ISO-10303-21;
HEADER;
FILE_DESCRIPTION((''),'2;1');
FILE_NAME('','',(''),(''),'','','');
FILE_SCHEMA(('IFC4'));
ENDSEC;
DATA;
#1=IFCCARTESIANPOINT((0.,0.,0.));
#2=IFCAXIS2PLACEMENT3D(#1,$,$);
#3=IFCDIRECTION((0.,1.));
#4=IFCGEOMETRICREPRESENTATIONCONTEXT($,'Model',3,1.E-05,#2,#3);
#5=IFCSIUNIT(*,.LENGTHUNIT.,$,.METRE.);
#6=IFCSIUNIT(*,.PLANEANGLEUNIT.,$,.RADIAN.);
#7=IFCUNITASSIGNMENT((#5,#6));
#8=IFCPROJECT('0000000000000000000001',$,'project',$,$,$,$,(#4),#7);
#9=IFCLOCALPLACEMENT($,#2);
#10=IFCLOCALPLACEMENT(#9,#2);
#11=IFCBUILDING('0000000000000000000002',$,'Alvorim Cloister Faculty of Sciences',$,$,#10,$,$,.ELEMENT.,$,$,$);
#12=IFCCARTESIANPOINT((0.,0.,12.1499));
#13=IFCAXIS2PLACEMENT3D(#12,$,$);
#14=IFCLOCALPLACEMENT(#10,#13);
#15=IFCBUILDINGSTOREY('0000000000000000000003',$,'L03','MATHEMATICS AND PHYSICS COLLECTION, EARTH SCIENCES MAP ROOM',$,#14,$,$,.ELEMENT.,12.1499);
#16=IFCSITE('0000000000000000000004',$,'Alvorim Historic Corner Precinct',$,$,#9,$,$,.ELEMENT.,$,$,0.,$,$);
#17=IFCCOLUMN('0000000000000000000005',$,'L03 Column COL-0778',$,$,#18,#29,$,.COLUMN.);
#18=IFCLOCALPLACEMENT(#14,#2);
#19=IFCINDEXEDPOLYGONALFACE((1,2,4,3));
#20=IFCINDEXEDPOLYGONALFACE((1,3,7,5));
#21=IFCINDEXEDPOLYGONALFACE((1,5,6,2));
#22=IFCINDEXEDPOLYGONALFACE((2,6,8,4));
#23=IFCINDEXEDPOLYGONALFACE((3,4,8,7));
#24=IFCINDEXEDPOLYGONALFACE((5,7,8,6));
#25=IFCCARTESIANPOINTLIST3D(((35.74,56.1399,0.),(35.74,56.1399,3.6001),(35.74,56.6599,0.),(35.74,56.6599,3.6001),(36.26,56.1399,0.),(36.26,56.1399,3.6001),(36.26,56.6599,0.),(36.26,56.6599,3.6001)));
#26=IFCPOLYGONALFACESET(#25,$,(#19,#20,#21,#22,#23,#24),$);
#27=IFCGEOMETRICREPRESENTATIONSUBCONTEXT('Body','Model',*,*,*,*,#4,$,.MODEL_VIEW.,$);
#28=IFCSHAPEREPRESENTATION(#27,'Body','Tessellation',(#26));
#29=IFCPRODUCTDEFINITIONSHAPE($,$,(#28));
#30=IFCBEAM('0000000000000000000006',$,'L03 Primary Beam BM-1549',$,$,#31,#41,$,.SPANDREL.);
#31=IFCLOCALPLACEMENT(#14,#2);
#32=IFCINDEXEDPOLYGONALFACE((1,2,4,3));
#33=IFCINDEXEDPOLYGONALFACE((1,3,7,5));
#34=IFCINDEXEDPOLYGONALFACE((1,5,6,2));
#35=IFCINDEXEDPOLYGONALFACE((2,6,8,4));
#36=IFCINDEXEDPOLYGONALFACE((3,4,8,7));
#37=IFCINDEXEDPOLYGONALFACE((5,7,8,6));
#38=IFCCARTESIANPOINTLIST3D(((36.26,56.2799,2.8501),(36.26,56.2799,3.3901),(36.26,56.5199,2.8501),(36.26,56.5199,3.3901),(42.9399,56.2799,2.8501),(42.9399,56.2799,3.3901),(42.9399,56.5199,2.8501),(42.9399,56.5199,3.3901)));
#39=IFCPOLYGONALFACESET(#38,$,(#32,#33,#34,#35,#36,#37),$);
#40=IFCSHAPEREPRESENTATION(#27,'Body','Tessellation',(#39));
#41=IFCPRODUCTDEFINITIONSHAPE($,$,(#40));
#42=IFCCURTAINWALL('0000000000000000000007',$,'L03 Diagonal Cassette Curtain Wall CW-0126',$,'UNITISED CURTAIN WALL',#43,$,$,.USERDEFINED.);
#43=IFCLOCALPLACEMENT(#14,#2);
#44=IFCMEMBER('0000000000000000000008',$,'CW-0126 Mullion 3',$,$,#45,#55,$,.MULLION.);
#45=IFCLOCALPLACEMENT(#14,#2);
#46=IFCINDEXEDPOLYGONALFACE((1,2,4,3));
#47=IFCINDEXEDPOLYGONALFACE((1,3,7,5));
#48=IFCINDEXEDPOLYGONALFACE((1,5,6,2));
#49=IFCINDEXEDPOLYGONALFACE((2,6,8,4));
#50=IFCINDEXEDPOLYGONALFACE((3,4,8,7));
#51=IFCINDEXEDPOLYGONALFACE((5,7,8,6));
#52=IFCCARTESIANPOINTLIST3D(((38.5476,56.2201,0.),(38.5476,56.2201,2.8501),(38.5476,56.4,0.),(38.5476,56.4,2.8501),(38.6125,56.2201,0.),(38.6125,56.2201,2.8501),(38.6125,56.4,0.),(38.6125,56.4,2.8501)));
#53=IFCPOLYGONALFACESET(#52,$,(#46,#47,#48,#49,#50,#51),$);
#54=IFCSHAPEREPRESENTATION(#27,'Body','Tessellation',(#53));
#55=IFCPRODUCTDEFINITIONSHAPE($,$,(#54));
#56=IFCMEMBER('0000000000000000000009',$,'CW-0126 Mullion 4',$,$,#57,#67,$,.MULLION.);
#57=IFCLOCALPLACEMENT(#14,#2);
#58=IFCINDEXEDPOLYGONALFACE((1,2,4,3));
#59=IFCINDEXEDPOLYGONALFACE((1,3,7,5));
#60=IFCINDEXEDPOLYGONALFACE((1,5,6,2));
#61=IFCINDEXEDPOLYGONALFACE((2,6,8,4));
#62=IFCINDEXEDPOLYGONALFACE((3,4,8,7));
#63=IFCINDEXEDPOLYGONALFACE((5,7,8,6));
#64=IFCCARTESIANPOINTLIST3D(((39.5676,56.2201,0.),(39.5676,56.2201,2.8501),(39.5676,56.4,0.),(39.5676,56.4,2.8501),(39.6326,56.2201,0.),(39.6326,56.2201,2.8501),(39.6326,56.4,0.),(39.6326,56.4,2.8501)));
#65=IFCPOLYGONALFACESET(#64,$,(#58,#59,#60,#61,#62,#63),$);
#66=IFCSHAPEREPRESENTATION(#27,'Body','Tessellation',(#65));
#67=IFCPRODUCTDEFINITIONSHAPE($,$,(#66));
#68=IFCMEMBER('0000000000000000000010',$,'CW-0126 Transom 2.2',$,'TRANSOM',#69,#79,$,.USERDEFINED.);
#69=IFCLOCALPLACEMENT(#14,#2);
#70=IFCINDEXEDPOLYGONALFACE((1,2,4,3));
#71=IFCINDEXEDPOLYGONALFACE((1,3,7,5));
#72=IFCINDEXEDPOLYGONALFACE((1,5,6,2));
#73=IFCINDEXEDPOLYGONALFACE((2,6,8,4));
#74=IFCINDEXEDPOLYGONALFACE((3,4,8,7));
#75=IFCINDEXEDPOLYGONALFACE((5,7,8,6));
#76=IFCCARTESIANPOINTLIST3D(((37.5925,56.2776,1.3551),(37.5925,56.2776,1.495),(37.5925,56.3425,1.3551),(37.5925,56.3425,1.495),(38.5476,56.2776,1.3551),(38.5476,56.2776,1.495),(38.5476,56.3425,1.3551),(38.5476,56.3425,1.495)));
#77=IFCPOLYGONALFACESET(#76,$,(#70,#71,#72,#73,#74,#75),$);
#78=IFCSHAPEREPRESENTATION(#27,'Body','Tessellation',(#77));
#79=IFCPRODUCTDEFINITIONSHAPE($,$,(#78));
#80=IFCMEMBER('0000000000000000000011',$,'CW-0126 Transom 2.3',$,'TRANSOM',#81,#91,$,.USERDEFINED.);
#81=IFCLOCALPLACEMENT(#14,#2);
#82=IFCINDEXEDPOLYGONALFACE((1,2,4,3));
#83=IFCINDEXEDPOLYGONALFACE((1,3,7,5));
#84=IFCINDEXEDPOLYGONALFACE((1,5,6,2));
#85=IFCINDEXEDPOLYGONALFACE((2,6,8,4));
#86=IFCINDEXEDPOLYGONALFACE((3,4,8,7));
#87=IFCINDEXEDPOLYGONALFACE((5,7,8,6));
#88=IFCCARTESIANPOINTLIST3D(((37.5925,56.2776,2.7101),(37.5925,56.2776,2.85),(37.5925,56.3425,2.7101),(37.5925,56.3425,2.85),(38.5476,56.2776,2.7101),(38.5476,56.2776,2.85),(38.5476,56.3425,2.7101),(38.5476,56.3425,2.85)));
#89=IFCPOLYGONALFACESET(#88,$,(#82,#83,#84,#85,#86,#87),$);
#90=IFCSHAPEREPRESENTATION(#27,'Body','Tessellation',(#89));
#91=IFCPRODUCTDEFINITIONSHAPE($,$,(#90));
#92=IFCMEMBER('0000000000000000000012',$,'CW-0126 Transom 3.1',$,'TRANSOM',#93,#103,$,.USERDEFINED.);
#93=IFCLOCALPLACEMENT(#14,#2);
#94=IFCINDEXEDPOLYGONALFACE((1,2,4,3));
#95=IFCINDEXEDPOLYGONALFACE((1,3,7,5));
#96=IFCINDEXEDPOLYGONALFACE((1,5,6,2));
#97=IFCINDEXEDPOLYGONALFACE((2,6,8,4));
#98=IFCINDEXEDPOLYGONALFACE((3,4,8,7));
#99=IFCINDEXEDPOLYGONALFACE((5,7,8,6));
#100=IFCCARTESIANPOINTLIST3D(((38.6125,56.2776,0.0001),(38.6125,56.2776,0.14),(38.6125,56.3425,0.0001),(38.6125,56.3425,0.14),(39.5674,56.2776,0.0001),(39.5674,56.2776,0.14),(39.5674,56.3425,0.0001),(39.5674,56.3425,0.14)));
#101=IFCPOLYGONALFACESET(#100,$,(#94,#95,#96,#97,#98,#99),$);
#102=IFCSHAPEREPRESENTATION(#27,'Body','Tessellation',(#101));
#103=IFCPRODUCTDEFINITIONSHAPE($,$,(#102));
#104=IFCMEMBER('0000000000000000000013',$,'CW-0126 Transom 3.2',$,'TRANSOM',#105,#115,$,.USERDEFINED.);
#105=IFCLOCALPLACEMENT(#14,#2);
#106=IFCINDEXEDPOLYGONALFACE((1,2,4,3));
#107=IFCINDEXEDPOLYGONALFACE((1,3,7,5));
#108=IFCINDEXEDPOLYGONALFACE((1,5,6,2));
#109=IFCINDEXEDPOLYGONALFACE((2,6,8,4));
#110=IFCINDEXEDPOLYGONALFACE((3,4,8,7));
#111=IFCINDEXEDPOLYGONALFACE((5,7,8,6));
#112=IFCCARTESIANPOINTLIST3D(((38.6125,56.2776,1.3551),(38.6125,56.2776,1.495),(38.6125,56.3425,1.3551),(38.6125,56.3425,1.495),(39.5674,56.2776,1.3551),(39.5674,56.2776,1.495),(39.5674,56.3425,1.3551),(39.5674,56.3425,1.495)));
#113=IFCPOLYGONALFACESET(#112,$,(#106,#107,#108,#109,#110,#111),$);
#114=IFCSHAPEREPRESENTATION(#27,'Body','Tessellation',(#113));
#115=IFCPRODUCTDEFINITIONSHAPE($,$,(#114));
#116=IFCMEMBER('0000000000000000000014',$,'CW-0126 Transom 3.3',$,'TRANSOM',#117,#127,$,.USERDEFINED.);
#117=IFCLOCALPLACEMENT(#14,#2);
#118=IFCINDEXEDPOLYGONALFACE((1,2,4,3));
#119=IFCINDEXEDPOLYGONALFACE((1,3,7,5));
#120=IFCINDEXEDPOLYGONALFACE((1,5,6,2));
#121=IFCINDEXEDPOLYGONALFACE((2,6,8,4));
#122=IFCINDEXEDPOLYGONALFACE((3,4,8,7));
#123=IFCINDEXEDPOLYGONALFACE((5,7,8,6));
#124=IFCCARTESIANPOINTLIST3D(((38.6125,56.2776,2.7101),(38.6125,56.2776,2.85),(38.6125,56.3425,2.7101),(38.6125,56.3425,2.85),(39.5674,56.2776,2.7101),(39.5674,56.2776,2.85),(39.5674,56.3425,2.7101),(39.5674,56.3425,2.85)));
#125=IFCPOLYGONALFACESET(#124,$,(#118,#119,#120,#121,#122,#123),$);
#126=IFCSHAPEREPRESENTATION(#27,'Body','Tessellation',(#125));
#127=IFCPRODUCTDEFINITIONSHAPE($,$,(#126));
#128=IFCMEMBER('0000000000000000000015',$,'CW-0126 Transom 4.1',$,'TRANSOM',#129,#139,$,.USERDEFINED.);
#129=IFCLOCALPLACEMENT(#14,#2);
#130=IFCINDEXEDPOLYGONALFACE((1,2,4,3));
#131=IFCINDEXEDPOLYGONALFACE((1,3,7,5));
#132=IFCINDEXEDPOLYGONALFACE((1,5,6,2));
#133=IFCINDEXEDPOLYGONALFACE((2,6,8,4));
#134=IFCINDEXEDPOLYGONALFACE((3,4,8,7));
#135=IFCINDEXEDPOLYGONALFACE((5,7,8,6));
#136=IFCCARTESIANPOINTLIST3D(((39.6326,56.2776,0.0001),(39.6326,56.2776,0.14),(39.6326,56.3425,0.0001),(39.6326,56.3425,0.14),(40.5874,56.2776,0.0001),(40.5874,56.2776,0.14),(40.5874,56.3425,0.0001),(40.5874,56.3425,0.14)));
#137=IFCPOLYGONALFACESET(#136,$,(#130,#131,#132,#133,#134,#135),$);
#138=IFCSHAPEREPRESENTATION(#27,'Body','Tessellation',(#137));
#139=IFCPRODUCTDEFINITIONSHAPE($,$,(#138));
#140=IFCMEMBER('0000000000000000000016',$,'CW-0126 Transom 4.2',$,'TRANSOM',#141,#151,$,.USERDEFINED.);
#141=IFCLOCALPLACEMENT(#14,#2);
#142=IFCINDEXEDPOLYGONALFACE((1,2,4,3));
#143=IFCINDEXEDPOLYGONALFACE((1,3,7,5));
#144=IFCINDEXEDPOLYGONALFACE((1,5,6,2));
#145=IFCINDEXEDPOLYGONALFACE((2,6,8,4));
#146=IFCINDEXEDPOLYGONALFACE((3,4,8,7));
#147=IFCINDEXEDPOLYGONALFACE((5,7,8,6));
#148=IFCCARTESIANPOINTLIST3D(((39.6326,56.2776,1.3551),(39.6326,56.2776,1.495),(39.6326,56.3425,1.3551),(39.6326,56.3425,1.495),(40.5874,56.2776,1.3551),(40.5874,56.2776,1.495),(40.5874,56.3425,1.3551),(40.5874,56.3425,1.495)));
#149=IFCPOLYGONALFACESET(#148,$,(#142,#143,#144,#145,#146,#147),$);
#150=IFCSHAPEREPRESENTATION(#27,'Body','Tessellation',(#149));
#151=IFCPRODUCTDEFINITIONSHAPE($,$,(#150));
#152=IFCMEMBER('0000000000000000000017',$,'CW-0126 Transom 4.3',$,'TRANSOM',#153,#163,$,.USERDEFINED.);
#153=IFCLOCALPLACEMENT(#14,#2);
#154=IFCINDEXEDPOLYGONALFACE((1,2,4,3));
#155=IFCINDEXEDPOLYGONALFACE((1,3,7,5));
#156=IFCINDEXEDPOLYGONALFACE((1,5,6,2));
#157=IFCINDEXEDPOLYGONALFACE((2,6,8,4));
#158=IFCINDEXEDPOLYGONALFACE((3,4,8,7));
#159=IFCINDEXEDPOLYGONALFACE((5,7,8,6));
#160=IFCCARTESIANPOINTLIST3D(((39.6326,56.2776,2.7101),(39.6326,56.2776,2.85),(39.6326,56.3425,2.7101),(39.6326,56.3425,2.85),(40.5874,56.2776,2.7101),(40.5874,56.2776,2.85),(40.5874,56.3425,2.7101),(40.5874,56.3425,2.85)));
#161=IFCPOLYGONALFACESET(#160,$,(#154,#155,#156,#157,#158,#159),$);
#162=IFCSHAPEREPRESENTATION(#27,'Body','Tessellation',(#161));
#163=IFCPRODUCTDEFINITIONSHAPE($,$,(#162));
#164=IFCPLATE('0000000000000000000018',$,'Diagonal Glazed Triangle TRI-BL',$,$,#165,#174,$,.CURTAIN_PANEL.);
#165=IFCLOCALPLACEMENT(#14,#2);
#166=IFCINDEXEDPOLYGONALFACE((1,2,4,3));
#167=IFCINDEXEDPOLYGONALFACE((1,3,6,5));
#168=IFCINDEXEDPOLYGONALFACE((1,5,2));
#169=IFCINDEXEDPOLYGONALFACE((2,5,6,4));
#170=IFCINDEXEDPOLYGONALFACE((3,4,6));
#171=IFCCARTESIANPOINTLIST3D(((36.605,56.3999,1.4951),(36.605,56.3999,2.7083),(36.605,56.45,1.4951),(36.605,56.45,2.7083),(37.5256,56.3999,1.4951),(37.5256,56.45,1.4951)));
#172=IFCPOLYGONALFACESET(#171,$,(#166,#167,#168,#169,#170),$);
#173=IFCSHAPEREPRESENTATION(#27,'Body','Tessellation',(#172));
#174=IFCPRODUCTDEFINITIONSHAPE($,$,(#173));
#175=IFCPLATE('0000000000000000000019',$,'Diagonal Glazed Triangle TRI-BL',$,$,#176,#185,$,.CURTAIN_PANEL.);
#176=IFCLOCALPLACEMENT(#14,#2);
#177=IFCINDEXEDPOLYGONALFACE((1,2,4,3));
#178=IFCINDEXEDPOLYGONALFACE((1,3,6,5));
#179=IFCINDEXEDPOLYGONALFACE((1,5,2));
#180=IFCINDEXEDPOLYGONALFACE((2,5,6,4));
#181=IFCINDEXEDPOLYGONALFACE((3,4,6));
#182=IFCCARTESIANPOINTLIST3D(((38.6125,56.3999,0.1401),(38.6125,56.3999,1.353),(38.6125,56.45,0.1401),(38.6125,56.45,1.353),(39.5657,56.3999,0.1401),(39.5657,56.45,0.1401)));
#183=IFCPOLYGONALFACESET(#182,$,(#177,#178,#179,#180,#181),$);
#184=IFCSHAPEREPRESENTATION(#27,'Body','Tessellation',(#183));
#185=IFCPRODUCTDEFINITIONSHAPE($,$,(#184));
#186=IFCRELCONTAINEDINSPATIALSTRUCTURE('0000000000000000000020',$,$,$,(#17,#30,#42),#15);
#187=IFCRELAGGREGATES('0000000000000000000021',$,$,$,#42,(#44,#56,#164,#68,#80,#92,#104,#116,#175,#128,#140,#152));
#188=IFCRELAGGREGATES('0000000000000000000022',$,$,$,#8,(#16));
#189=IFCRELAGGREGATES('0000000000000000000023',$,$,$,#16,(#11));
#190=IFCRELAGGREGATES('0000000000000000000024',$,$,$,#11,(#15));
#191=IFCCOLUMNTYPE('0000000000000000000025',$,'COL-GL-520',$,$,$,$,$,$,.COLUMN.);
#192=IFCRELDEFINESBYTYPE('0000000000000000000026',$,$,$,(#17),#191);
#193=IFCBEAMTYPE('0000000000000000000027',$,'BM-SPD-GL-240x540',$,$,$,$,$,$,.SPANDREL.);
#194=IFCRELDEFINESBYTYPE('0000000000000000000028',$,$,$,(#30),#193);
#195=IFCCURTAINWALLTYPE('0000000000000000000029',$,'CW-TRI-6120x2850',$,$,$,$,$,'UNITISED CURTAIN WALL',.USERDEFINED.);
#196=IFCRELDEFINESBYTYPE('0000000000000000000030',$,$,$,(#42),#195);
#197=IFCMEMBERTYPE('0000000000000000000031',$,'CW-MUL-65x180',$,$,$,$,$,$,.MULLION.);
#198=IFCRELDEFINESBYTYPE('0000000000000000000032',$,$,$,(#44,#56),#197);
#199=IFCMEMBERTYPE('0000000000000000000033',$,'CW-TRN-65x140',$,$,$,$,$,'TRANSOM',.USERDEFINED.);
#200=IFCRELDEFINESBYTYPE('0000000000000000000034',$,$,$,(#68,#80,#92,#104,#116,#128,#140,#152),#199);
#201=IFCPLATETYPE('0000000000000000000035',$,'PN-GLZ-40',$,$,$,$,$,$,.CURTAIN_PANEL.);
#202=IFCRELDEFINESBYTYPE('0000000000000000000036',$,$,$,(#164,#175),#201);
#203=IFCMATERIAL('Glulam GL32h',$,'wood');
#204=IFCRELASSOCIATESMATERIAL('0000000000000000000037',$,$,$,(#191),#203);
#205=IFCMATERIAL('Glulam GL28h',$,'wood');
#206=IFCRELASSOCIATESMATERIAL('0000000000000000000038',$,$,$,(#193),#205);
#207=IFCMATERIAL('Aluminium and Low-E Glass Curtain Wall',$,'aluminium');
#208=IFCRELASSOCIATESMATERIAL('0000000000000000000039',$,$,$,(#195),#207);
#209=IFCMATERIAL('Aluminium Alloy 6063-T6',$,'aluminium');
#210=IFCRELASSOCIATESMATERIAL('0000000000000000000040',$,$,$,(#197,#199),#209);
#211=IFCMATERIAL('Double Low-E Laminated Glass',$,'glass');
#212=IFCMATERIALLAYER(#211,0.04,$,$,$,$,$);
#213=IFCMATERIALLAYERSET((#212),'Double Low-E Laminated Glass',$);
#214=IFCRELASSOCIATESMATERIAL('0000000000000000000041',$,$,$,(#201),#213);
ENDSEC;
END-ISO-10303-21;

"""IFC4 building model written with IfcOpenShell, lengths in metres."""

from ifc_helpers import new_model, si_unit, direction, frame, origin, origin_2d, place, context, subcontext, project, spatial, polyline, rectangle, outline, extrude, material, layer, layer_set, material_profile, profile_set, type_object, element, aggregate, save


model = new_model("IFC4")

# Units and contexts
model_context = context("Model", 3, precision=1e-05, world=origin(), true_north=direction((0.0, 1.0)))
body_context = subcontext(model_context, "Body", "Model", "MODEL_VIEW")
ifc_project = project(units=[si_unit("LENGTHUNIT", "METRE"), si_unit("PLANEANGLEUNIT", "RADIAN")], contexts=[model_context])

# Site, building, storey
site_placement = place(None, origin())
site = spatial("IfcSite", under=ifc_project, at=site_placement, Name="Alvorim Historic Corner Precinct", CompositionType="ELEMENT", RefElevation=0.0)
building_placement = place(site_placement, origin())
building = spatial("IfcBuilding", under=site, at=building_placement, Name="Alvorim Cloister Faculty of Sciences", CompositionType="ELEMENT")
storey_placement = place(building_placement, frame((0.0, 0.0, 12.1499)))
storey = spatial("IfcBuildingStorey", under=building, at=storey_placement, Name="L03", Description="MATHEMATICS AND PHYSICS COLLECTION, EARTH SCIENCES MAP ROOM", CompositionType="ELEMENT", Elevation=12.1499)

# Column
ifc_material_1 = material(Name="Glulam GL32h", Category="wood")
ifc_material_profile_1 = material_profile(ifc_material_1, rectangle(XDim=0.52, YDim=0.52, at=origin_2d()), Name="GL32-COL-520x520")
ifc_profile_set_1 = profile_set([ifc_material_profile_1], Name="Glulam GL32h")
column_type = type_object("IfcColumnType", Name="COL-GL-520", PredefinedType="COLUMN", material=ifc_profile_set_1)
column_placement = place(storey_placement, frame((36.0, 56.3999, 0.0), z_axis=(0.0, 0.0, 1.0), x_axis=(1.0, 0.0, 0.0)))
element("IfcColumn", 1, at=column_placement, inside=storey, type_object=column_type, Name="L03 Column COL-0778", PredefinedType="COLUMN", context=body_context, shape_type="SweptSolid", body=[
    extrude(rectangle(XDim=0.52, YDim=0.52, at=origin_2d()), origin(), (0.0, 0.0, 1.0), 3.6001),
])

# Beam
ifc_material_2 = material(Name="Glulam GL28h", Category="wood")
ifc_material_profile_2 = material_profile(ifc_material_2, rectangle(XDim=0.24, YDim=0.54, at=origin_2d()), Name="GL28-SPD-240x540")
ifc_profile_set_2 = profile_set([ifc_material_profile_2], Name="Glulam GL28h")
beam_type = type_object("IfcBeamType", Name="BM-SPD-GL-240x540", PredefinedType="SPANDREL", material=ifc_profile_set_2)
beam_placement = place(storey_placement, frame((36.26, 56.3999, 3.1201), z_axis=(1.0, 0.0, 0.0), x_axis=(0.0, 1.0, 0.0)))
element("IfcBeam", 2, at=beam_placement, inside=storey, type_object=beam_type, Name="L03 Primary Beam BM-1549", PredefinedType="SPANDREL", context=body_context, shape_type="SweptSolid", body=[
    extrude(rectangle(XDim=0.24, YDim=0.54, at=origin_2d()), origin(), (0.0, 0.0, 1.0), 6.6799),
])

# Curtain wall, members, plates
ifc_material_3 = material(Name="Aluminium and Low-E Glass Curtain Wall", Category="aluminium")
curtain_wall_type = type_object("IfcCurtainWallType", Name="CW-TRI-6120x2850", ElementType="UNITISED CURTAIN WALL", PredefinedType="USERDEFINED", material=ifc_material_3)
curtain_wall_placement = place(storey_placement, origin())
curtain_wall = element("IfcCurtainWall", 3, at=curtain_wall_placement, inside=storey, type_object=curtain_wall_type, Name="L03 Diagonal Cassette Curtain Wall CW-0126", ObjectType="UNITISED CURTAIN WALL", PredefinedType="USERDEFINED")
ifc_material_4 = material(Name="Aluminium Alloy 6063-T6", Category="aluminium")
ifc_material_profile_3 = material_profile(ifc_material_4, rectangle(XDim=0.0649, YDim=0.1799, at=origin_2d()), Name="ALU-MUL-65x180")
ifc_profile_set_3 = profile_set([ifc_material_profile_3], Name="Aluminium Alloy 6063-T6")
member_type_1 = type_object("IfcMemberType", Name="CW-MUL-65x180", PredefinedType="MULLION", material=ifc_profile_set_3)
member_1_placement = place(storey_placement, frame((38.5801, 56.3101, 0.0), z_axis=(0.0, 0.0, 1.0), x_axis=(1.0, 0.0, 0.0)))
member_1 = element("IfcMember", 4, at=member_1_placement, type_object=member_type_1, Name="CW-0126 Mullion 3", PredefinedType="MULLION", context=body_context, shape_type="SweptSolid", body=[
    extrude(rectangle(XDim=0.0649, YDim=0.1799, at=origin_2d()), origin(), (0.0, 0.0, 1.0), 2.8501),
])
member_2_placement = place(storey_placement, frame((39.6001, 56.3101, 0.0), z_axis=(0.0, 0.0, 1.0), x_axis=(1.0, 0.0, 0.0)))
member_2 = element("IfcMember", 5, at=member_2_placement, type_object=member_type_1, Name="CW-0126 Mullion 4", PredefinedType="MULLION", context=body_context, shape_type="SweptSolid", body=[
    extrude(rectangle(XDim=0.0649, YDim=0.1799, at=origin_2d()), origin(), (0.0, 0.0, 1.0), 2.8501),
])
ifc_material_profile_4 = material_profile(ifc_material_4, rectangle(XDim=0.0649, YDim=0.1399, at=origin_2d()), Name="ALU-TRN-65x140")
ifc_profile_set_4 = profile_set([ifc_material_profile_4], Name="Aluminium Alloy 6063-T6")
member_type_2 = type_object("IfcMemberType", Name="CW-TRN-65x140", ElementType="TRANSOM", PredefinedType="USERDEFINED", material=ifc_profile_set_4)
member_3_placement = place(storey_placement, frame((37.5925, 56.3101, 1.425), z_axis=(1.0, 0.0, 0.0), x_axis=(0.0, 1.0, 0.0)))
member_3 = element("IfcMember", 6, at=member_3_placement, type_object=member_type_2, Name="CW-0126 Transom 2.2", ObjectType="TRANSOM", PredefinedType="USERDEFINED", context=body_context, shape_type="SweptSolid", body=[
    extrude(rectangle(XDim=0.0649, YDim=0.1399, at=origin_2d()), origin(), (0.0, 0.0, 1.0), 0.9551),
])
member_4_placement = place(storey_placement, frame((37.5925, 56.3101, 2.78), z_axis=(1.0, 0.0, 0.0), x_axis=(0.0, 1.0, 0.0)))
member_4 = element("IfcMember", 7, at=member_4_placement, type_object=member_type_2, Name="CW-0126 Transom 2.3", ObjectType="TRANSOM", PredefinedType="USERDEFINED", context=body_context, shape_type="SweptSolid", body=[
    extrude(rectangle(XDim=0.0649, YDim=0.1399, at=origin_2d()), origin(), (0.0, 0.0, 1.0), 0.9551),
])
member_5_placement = place(storey_placement, frame((38.6125, 56.3101, 0.0701), z_axis=(1.0, 0.0, 0.0), x_axis=(0.0, 1.0, 0.0)))
member_5 = element("IfcMember", 8, at=member_5_placement, type_object=member_type_2, Name="CW-0126 Transom 3.1", ObjectType="TRANSOM", PredefinedType="USERDEFINED", context=body_context, shape_type="SweptSolid", body=[
    extrude(rectangle(XDim=0.0649, YDim=0.1399, at=origin_2d()), origin(), (0.0, 0.0, 1.0), 0.9548),
])
member_6_placement = place(storey_placement, frame((38.6125, 56.3101, 1.425), z_axis=(1.0, 0.0, 0.0), x_axis=(0.0, 1.0, 0.0)))
member_6 = element("IfcMember", 9, at=member_6_placement, type_object=member_type_2, Name="CW-0126 Transom 3.2", ObjectType="TRANSOM", PredefinedType="USERDEFINED", context=body_context, shape_type="SweptSolid", body=[
    extrude(rectangle(XDim=0.0649, YDim=0.1399, at=origin_2d()), origin(), (0.0, 0.0, 1.0), 0.9548),
])
member_7_placement = place(storey_placement, frame((38.6125, 56.3101, 2.78), z_axis=(1.0, 0.0, 0.0), x_axis=(0.0, 1.0, 0.0)))
member_7 = element("IfcMember", 10, at=member_7_placement, type_object=member_type_2, Name="CW-0126 Transom 3.3", ObjectType="TRANSOM", PredefinedType="USERDEFINED", context=body_context, shape_type="SweptSolid", body=[
    extrude(rectangle(XDim=0.0649, YDim=0.1399, at=origin_2d()), origin(), (0.0, 0.0, 1.0), 0.9548),
])
member_8_placement = place(storey_placement, frame((39.6326, 56.3101, 0.0701), z_axis=(1.0, 0.0, 0.0), x_axis=(0.0, 1.0, 0.0)))
member_8 = element("IfcMember", 11, at=member_8_placement, type_object=member_type_2, Name="CW-0126 Transom 4.1", ObjectType="TRANSOM", PredefinedType="USERDEFINED", context=body_context, shape_type="SweptSolid", body=[
    extrude(rectangle(XDim=0.0649, YDim=0.1399, at=origin_2d()), origin(), (0.0, 0.0, 1.0), 0.9548),
])
member_9_placement = place(storey_placement, frame((39.6326, 56.3101, 1.425), z_axis=(1.0, 0.0, 0.0), x_axis=(0.0, 1.0, 0.0)))
member_9 = element("IfcMember", 12, at=member_9_placement, type_object=member_type_2, Name="CW-0126 Transom 4.2", ObjectType="TRANSOM", PredefinedType="USERDEFINED", context=body_context, shape_type="SweptSolid", body=[
    extrude(rectangle(XDim=0.0649, YDim=0.1399, at=origin_2d()), origin(), (0.0, 0.0, 1.0), 0.9548),
])
member_10_placement = place(storey_placement, frame((39.6326, 56.3101, 2.78), z_axis=(1.0, 0.0, 0.0), x_axis=(0.0, 1.0, 0.0)))
member_10 = element("IfcMember", 13, at=member_10_placement, type_object=member_type_2, Name="CW-0126 Transom 4.3", ObjectType="TRANSOM", PredefinedType="USERDEFINED", context=body_context, shape_type="SweptSolid", body=[
    extrude(rectangle(XDim=0.0649, YDim=0.1399, at=origin_2d()), origin(), (0.0, 0.0, 1.0), 0.9548),
])
ifc_material_5 = material(Name="Double Low-E Laminated Glass", Category="glass")
ifc_layer_1 = layer(ifc_material_5, 0.04)
ifc_layer_set_1 = layer_set([ifc_layer_1], Name="Double Low-E Laminated Glass")
plate_type = type_object("IfcPlateType", Name="PN-GLZ-40", PredefinedType="CURTAIN_PANEL", material=ifc_layer_set_1)
plate_1_placement = place(storey_placement, frame((36.605, 56.425, 1.4951), z_axis=(0.0, 0.0, 1.0), x_axis=(1.0, 0.0, 0.0)))
plate_1 = element("IfcPlate", 14, at=plate_1_placement, type_object=plate_type, Name="Diagonal Glazed Triangle TRI-BL", PredefinedType="CURTAIN_PANEL", context=body_context, shape_type="SweptSolid", body=[
    extrude(outline(polyline([(0.0, 0.0), (0.9207, 0.0), (0.0, 1.2131), (0.0, 0.0)])), frame((0.0, 0.0249, 0.0), z_axis=(0.0, -1.0, 0.0), x_axis=(1.0, 0.0, 0.0)), (0.0, 0.0, 1.0), 0.05),
])
plate_2_placement = place(storey_placement, frame((38.6125, 56.425, 0.1401), z_axis=(0.0, 0.0, 1.0), x_axis=(1.0, 0.0, 0.0)))
plate_2 = element("IfcPlate", 15, at=plate_2_placement, type_object=plate_type, Name="Diagonal Glazed Triangle TRI-BL", PredefinedType="CURTAIN_PANEL", context=body_context, shape_type="SweptSolid", body=[
    extrude(outline(polyline([(0.0, 0.0), (0.9531, 0.0), (0.0, 1.2129), (0.0, 0.0)])), frame((0.0, 0.0249, 0.0), z_axis=(0.0, -1.0, 0.0), x_axis=(1.0, 0.0, 0.0)), (0.0, 0.0, 1.0), 0.05),
])
aggregate(curtain_wall, [member_1, member_2, plate_1, member_3, member_4, member_5, member_6, member_7, plate_2, member_8, member_9, member_10])

save(model, "model.ifc")
